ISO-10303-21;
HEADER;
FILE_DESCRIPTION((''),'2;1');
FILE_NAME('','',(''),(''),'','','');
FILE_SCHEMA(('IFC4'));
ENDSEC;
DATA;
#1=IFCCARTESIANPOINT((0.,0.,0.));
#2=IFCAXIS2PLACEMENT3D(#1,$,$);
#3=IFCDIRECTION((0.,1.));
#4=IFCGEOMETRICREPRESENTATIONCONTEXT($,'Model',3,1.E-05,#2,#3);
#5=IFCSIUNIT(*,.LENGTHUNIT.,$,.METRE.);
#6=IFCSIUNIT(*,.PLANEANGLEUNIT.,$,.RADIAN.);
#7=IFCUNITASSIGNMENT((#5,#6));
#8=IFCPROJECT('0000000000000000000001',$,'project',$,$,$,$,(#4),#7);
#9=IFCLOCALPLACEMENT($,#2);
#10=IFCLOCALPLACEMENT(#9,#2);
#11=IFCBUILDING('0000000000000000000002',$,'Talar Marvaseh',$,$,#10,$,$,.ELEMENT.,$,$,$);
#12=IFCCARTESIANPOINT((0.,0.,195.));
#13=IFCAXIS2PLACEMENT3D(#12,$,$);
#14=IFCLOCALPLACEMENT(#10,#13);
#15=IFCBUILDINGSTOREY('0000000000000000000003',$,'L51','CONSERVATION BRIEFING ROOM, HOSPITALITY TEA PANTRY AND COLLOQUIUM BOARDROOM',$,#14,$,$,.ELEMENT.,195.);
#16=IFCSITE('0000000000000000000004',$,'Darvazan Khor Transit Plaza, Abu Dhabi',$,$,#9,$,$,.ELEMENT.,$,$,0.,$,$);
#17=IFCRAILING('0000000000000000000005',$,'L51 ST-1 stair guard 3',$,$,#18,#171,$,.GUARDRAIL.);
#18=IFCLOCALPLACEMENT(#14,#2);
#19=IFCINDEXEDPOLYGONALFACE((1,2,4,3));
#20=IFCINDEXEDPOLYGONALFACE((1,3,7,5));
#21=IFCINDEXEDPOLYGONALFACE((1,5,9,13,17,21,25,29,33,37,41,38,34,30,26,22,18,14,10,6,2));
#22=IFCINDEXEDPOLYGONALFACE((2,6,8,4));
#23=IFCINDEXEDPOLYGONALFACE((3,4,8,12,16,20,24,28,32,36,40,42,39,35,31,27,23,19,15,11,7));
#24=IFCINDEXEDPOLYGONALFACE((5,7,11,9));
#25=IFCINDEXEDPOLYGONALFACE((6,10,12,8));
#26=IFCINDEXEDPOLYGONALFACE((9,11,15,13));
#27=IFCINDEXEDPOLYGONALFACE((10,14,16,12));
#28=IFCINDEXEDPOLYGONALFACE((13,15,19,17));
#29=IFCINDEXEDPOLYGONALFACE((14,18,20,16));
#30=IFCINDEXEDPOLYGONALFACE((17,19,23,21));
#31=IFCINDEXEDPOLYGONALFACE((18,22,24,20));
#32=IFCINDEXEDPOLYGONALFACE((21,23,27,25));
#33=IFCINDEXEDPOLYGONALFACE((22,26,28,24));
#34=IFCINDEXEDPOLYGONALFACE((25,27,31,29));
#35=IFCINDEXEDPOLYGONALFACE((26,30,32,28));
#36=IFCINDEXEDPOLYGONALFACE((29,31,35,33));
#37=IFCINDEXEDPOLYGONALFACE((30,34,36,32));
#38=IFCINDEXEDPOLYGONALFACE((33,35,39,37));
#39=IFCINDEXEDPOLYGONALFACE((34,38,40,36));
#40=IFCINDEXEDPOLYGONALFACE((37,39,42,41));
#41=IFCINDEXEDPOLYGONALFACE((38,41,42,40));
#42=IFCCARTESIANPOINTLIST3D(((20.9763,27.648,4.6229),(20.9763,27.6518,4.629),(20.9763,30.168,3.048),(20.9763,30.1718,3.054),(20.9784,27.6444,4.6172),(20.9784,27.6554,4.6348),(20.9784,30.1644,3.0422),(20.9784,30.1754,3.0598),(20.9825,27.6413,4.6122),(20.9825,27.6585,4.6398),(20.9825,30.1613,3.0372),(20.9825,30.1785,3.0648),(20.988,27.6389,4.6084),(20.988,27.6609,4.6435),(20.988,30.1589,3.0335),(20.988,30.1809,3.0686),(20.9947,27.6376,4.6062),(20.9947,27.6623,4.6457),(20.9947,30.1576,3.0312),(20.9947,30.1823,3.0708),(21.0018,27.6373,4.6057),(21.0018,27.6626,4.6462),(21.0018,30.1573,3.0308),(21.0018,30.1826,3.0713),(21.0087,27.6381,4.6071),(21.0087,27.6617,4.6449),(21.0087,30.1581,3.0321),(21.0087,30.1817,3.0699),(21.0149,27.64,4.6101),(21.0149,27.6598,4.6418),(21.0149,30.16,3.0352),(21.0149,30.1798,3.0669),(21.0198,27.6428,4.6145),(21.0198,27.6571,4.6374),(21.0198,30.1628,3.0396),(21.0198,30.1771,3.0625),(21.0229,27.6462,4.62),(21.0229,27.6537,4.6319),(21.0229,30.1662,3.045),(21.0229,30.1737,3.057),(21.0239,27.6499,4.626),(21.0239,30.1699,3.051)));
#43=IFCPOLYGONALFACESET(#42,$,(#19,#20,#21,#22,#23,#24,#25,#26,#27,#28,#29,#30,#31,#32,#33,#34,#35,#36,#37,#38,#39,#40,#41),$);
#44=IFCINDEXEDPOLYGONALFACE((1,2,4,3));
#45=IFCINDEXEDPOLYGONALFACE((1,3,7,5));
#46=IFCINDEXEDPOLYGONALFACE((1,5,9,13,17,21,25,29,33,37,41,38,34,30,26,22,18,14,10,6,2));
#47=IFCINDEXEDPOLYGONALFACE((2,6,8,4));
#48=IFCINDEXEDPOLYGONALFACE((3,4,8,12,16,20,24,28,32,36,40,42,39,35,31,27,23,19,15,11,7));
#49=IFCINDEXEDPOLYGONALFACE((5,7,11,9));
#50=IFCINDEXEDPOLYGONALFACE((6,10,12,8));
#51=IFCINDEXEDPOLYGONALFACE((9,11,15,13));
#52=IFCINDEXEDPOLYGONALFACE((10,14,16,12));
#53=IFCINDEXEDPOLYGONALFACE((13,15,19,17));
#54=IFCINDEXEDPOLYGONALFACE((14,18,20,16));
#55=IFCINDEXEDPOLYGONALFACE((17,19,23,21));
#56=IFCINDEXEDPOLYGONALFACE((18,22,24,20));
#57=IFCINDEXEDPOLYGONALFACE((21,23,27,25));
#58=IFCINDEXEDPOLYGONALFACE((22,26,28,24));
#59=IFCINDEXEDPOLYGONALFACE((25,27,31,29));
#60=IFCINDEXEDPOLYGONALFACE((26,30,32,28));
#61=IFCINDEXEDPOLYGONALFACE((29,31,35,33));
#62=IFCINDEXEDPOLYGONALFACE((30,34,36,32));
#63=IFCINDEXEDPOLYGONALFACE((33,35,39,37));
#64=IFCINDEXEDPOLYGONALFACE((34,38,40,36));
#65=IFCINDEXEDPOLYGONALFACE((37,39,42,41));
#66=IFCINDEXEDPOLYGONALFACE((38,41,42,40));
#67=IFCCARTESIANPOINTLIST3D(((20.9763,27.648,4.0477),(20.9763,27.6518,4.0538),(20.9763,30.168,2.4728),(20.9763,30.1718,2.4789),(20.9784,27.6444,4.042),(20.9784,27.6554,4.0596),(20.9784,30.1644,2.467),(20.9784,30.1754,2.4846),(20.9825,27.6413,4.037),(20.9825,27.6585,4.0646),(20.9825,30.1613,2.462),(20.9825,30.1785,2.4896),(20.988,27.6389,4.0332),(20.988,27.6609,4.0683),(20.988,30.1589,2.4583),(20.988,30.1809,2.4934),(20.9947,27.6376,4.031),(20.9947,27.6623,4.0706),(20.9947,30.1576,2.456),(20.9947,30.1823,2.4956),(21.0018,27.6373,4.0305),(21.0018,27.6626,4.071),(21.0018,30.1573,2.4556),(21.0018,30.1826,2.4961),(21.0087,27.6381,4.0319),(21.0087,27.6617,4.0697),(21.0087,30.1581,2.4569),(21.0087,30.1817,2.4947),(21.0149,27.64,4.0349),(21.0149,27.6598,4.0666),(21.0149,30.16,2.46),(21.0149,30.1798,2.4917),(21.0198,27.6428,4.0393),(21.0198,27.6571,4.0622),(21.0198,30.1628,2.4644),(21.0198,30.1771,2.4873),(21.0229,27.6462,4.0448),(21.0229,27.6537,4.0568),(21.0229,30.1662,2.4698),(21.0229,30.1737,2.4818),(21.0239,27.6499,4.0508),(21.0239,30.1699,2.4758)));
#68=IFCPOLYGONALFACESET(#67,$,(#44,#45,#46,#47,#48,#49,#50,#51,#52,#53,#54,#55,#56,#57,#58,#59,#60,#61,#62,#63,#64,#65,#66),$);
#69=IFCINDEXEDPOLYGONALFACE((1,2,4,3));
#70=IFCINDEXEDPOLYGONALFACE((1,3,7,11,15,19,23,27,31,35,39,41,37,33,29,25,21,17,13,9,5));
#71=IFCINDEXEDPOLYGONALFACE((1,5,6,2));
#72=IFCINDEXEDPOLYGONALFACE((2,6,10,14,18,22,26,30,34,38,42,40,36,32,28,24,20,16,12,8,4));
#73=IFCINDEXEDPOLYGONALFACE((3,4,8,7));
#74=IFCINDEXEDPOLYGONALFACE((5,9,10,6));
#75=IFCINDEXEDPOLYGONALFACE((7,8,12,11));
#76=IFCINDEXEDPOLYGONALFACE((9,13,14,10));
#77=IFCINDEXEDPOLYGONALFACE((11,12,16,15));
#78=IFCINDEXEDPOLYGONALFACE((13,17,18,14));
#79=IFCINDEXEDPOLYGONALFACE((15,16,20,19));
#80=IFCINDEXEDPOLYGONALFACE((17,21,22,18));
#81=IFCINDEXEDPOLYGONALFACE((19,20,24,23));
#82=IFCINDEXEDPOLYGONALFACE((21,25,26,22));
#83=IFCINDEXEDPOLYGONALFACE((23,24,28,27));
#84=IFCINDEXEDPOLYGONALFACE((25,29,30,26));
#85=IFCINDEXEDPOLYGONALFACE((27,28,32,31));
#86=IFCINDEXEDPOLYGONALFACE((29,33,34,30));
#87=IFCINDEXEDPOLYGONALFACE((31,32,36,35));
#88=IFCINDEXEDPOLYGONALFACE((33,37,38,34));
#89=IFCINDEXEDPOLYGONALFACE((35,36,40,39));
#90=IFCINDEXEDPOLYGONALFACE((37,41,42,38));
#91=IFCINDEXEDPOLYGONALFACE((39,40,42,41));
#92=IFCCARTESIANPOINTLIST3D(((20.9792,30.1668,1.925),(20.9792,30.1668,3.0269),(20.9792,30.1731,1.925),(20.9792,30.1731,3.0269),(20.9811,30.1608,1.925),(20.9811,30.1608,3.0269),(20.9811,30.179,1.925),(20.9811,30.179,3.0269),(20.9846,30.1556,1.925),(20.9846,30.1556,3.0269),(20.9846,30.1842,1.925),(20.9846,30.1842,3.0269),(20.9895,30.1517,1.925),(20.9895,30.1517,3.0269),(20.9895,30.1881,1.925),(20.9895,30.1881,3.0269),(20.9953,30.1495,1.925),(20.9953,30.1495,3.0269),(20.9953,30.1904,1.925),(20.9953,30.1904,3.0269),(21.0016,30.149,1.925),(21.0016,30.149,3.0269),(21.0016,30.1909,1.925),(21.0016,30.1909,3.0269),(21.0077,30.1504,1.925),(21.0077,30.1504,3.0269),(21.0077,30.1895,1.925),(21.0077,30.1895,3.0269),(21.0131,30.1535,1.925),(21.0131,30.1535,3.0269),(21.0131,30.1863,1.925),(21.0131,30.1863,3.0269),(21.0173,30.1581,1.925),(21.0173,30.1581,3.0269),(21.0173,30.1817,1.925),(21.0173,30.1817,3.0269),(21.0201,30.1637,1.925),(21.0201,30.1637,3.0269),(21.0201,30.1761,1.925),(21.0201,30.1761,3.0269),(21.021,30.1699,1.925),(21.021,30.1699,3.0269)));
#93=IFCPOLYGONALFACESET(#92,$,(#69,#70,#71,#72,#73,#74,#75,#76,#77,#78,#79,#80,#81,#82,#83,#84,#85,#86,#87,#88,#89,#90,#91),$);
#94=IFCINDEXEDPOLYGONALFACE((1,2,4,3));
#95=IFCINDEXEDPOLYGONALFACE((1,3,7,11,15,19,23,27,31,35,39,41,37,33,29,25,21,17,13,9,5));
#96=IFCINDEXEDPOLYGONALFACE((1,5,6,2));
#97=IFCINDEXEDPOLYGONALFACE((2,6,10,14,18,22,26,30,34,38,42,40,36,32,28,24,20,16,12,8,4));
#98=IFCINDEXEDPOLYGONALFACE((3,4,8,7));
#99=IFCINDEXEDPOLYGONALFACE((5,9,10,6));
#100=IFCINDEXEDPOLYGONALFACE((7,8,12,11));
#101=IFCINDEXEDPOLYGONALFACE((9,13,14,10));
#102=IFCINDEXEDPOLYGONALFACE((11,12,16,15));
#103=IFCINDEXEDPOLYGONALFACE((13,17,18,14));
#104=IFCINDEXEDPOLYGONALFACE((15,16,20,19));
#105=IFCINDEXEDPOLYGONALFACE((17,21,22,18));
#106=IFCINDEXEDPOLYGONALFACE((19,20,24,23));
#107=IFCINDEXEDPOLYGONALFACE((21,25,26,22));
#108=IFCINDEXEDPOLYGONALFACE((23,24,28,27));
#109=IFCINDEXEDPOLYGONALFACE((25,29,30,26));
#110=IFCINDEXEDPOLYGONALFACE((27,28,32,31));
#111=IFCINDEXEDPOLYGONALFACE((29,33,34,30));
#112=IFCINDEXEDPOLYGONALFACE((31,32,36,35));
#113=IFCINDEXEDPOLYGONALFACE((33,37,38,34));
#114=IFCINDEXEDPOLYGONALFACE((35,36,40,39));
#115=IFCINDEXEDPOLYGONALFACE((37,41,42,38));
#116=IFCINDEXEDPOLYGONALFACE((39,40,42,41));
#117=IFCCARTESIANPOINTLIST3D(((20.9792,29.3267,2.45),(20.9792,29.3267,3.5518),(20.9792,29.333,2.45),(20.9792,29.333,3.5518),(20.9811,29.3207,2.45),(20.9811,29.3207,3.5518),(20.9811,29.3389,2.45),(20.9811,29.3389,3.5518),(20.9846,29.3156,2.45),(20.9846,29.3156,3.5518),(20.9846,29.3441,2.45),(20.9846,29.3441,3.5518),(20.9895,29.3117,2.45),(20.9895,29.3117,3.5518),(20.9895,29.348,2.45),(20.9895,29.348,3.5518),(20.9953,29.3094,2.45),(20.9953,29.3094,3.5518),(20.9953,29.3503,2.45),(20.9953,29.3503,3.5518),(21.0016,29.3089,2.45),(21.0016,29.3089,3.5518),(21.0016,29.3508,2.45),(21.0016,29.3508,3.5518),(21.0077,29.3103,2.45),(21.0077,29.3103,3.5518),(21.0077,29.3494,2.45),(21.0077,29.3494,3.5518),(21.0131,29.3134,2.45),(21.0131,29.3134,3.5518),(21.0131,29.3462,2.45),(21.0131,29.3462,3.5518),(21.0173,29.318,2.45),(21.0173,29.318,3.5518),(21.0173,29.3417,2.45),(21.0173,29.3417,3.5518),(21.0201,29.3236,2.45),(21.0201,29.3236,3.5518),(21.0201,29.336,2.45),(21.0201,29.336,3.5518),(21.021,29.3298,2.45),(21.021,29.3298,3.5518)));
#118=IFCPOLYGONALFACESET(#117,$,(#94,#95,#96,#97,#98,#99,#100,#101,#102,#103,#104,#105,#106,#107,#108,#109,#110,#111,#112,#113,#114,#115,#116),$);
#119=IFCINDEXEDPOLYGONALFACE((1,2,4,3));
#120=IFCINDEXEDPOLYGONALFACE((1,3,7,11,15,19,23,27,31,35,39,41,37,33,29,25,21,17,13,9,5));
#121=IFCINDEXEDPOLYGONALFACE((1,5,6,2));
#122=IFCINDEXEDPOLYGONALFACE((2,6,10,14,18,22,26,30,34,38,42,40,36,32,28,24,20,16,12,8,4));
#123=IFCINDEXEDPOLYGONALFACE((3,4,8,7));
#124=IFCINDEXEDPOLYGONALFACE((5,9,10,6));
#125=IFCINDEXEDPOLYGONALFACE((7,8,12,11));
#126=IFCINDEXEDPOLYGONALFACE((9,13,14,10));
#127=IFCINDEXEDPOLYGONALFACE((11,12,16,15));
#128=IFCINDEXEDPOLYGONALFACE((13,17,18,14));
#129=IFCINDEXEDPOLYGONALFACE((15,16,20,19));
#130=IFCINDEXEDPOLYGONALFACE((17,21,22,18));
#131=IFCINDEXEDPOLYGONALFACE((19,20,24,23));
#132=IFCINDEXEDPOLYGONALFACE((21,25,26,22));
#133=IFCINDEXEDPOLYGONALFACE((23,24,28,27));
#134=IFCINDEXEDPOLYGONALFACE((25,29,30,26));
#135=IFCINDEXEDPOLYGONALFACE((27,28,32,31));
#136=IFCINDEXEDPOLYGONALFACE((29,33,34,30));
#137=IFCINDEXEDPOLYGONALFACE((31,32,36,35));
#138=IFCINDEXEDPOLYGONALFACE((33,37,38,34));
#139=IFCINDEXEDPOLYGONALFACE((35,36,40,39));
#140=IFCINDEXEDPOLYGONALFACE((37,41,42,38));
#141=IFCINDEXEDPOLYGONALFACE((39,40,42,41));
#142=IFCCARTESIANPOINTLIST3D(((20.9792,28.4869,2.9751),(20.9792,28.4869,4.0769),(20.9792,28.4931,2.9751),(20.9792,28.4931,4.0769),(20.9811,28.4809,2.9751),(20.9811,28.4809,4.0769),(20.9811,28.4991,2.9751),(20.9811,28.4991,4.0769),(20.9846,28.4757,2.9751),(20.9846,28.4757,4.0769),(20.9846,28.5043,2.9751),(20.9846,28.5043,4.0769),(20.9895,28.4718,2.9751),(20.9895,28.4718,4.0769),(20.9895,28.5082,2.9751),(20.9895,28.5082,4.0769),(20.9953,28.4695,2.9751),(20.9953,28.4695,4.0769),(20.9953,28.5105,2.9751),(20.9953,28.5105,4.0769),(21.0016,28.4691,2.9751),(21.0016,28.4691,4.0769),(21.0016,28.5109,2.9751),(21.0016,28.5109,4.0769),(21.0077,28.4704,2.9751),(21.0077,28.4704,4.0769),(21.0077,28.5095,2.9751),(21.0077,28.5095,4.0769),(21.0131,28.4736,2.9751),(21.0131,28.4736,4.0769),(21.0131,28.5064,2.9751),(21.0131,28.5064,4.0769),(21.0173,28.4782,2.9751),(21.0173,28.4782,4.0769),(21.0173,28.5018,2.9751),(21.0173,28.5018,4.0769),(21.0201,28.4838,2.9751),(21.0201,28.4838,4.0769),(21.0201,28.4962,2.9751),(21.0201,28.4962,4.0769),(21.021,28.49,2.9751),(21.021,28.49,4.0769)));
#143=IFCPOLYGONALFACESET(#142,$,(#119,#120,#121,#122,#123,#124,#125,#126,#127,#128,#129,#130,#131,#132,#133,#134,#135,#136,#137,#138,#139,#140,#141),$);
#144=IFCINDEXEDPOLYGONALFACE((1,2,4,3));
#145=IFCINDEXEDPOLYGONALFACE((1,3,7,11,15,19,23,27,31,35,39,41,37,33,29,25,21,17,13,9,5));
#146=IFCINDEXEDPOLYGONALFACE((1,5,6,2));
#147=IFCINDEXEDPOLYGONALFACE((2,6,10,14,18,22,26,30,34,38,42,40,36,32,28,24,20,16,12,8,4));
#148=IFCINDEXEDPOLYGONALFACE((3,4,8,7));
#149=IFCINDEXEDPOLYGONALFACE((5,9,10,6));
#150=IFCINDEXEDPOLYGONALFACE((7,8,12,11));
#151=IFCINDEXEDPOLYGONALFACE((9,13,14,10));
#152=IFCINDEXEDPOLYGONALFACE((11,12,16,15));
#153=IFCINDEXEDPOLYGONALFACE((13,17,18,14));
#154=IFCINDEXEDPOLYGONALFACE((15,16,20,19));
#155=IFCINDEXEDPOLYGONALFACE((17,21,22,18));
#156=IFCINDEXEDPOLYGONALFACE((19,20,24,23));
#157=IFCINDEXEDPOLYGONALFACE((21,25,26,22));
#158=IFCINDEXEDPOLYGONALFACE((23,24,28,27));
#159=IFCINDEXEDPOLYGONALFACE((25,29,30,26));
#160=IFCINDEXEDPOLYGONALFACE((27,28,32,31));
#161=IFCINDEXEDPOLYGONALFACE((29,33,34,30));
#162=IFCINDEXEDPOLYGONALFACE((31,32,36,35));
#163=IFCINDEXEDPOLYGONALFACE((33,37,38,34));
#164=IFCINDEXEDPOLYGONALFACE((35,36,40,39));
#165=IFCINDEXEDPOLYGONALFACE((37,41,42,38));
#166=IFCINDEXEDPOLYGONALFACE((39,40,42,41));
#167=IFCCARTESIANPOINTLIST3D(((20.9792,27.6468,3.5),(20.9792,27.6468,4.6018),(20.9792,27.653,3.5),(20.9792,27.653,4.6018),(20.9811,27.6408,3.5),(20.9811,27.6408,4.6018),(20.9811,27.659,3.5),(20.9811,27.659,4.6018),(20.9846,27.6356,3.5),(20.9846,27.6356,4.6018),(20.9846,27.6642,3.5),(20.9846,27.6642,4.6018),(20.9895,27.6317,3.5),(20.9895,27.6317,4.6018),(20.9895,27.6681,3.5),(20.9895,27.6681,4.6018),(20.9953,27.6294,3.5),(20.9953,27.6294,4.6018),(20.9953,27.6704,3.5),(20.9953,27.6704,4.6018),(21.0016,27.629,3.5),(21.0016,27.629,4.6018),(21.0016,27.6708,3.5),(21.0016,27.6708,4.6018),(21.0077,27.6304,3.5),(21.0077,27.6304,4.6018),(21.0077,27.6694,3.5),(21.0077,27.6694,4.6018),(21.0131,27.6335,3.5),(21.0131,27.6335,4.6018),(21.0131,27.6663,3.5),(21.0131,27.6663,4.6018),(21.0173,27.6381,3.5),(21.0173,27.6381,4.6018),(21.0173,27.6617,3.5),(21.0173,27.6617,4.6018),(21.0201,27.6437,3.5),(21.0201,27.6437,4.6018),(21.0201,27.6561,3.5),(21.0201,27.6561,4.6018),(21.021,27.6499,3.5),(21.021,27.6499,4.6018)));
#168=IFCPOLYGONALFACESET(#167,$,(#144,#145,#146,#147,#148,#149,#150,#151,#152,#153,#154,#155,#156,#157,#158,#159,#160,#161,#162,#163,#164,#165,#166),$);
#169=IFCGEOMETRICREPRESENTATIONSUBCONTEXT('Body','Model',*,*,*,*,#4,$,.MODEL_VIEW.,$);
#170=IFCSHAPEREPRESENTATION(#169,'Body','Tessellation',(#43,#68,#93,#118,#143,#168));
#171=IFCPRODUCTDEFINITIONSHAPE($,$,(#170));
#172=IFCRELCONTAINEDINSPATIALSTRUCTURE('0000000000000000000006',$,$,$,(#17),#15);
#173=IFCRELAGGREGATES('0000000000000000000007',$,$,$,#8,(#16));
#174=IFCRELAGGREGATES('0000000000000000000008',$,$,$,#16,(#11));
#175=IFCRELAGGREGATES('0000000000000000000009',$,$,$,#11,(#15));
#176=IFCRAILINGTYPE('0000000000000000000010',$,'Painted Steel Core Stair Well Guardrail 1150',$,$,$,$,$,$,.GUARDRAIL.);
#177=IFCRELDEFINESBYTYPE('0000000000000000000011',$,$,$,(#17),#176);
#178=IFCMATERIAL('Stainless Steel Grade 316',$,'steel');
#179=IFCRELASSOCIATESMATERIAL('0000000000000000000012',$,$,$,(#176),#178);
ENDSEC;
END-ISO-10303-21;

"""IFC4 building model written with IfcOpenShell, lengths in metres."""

from ifc_helpers import new_model, si_unit, direction, frame, origin, origin_2d, place, context, subcontext, project, spatial, circle, extrude, material, type_object, element, save


model = new_model("IFC4")

# Units and contexts
model_context = context("Model", 3, precision=1e-05, world=origin(), true_north=direction((0.0, 1.0)))
body_context = subcontext(model_context, "Body", "Model", "MODEL_VIEW")
ifc_project = project(units=[si_unit("LENGTHUNIT", "METRE"), si_unit("PLANEANGLEUNIT", "RADIAN")], contexts=[model_context])

# Site, building, storey
site_placement = place(None, origin())
site = spatial("IfcSite", under=ifc_project, at=site_placement, Name="Darvazan Khor Transit Plaza, Abu Dhabi", CompositionType="ELEMENT", RefElevation=0.0)
building_placement = place(site_placement, origin())
building = spatial("IfcBuilding", under=site, at=building_placement, Name="Talar Marvaseh", CompositionType="ELEMENT")
storey_placement = place(building_placement, frame((0.0, 0.0, 195.0)))
storey = spatial("IfcBuildingStorey", under=building, at=storey_placement, Name="L51", Description="CONSERVATION BRIEFING ROOM, HOSPITALITY TEA PANTRY AND COLLOQUIUM BOARDROOM", CompositionType="ELEMENT", Elevation=195.0)

# Railing
ifc_material_1 = material(Name="Stainless Steel Grade 316", Category="steel")
railing_type_1 = type_object("IfcRailingType", Name="Painted Steel Core Stair Well Guardrail 1150", PredefinedType="GUARDRAIL", material=ifc_material_1)
railing_1_placement = place(storey_placement, frame((21.0, 30.1699, 1.925)))
element("IfcRailing", 1, at=railing_1_placement, inside=storey, type_object=railing_type_1, Name="L51 ST-1 stair guard 3", PredefinedType="GUARDRAIL", context=body_context, shape_type="SweptSolid", body=[
    extrude(circle(Radius=0.0239, at=origin_2d()), frame((0.0, 0.0, 1.126), z_axis=(0.0, -0.848008, 0.529984), x_axis=(1.0, 0.0, 0.0)), (0.0, 0.0, 1.0), 2.9717),
    extrude(circle(Radius=0.0239, at=origin_2d()), frame((0.0, 0.0, 0.5508), z_axis=(0.0, -0.848008, 0.529984), x_axis=(1.0, 0.0, 0.0)), (0.0, 0.0, 1.0), 2.9717),
    extrude(circle(Radius=0.021, at=origin_2d()), origin(), (0.0, 0.0, 1.0), 1.1018),
    extrude(circle(Radius=0.021, at=origin_2d()), frame((0.0, -0.8401, 0.5249)), (0.0, 0.0, 1.0), 1.1018),
    extrude(circle(Radius=0.021, at=origin_2d()), frame((0.0, -1.6799, 1.05)), (0.0, 0.0, 1.0), 1.1018),
    extrude(circle(Radius=0.021, at=origin_2d()), frame((0.0, -2.52, 1.575)), (0.0, 0.0, 1.0), 1.1018),
])

save(model, "model.ifc")
